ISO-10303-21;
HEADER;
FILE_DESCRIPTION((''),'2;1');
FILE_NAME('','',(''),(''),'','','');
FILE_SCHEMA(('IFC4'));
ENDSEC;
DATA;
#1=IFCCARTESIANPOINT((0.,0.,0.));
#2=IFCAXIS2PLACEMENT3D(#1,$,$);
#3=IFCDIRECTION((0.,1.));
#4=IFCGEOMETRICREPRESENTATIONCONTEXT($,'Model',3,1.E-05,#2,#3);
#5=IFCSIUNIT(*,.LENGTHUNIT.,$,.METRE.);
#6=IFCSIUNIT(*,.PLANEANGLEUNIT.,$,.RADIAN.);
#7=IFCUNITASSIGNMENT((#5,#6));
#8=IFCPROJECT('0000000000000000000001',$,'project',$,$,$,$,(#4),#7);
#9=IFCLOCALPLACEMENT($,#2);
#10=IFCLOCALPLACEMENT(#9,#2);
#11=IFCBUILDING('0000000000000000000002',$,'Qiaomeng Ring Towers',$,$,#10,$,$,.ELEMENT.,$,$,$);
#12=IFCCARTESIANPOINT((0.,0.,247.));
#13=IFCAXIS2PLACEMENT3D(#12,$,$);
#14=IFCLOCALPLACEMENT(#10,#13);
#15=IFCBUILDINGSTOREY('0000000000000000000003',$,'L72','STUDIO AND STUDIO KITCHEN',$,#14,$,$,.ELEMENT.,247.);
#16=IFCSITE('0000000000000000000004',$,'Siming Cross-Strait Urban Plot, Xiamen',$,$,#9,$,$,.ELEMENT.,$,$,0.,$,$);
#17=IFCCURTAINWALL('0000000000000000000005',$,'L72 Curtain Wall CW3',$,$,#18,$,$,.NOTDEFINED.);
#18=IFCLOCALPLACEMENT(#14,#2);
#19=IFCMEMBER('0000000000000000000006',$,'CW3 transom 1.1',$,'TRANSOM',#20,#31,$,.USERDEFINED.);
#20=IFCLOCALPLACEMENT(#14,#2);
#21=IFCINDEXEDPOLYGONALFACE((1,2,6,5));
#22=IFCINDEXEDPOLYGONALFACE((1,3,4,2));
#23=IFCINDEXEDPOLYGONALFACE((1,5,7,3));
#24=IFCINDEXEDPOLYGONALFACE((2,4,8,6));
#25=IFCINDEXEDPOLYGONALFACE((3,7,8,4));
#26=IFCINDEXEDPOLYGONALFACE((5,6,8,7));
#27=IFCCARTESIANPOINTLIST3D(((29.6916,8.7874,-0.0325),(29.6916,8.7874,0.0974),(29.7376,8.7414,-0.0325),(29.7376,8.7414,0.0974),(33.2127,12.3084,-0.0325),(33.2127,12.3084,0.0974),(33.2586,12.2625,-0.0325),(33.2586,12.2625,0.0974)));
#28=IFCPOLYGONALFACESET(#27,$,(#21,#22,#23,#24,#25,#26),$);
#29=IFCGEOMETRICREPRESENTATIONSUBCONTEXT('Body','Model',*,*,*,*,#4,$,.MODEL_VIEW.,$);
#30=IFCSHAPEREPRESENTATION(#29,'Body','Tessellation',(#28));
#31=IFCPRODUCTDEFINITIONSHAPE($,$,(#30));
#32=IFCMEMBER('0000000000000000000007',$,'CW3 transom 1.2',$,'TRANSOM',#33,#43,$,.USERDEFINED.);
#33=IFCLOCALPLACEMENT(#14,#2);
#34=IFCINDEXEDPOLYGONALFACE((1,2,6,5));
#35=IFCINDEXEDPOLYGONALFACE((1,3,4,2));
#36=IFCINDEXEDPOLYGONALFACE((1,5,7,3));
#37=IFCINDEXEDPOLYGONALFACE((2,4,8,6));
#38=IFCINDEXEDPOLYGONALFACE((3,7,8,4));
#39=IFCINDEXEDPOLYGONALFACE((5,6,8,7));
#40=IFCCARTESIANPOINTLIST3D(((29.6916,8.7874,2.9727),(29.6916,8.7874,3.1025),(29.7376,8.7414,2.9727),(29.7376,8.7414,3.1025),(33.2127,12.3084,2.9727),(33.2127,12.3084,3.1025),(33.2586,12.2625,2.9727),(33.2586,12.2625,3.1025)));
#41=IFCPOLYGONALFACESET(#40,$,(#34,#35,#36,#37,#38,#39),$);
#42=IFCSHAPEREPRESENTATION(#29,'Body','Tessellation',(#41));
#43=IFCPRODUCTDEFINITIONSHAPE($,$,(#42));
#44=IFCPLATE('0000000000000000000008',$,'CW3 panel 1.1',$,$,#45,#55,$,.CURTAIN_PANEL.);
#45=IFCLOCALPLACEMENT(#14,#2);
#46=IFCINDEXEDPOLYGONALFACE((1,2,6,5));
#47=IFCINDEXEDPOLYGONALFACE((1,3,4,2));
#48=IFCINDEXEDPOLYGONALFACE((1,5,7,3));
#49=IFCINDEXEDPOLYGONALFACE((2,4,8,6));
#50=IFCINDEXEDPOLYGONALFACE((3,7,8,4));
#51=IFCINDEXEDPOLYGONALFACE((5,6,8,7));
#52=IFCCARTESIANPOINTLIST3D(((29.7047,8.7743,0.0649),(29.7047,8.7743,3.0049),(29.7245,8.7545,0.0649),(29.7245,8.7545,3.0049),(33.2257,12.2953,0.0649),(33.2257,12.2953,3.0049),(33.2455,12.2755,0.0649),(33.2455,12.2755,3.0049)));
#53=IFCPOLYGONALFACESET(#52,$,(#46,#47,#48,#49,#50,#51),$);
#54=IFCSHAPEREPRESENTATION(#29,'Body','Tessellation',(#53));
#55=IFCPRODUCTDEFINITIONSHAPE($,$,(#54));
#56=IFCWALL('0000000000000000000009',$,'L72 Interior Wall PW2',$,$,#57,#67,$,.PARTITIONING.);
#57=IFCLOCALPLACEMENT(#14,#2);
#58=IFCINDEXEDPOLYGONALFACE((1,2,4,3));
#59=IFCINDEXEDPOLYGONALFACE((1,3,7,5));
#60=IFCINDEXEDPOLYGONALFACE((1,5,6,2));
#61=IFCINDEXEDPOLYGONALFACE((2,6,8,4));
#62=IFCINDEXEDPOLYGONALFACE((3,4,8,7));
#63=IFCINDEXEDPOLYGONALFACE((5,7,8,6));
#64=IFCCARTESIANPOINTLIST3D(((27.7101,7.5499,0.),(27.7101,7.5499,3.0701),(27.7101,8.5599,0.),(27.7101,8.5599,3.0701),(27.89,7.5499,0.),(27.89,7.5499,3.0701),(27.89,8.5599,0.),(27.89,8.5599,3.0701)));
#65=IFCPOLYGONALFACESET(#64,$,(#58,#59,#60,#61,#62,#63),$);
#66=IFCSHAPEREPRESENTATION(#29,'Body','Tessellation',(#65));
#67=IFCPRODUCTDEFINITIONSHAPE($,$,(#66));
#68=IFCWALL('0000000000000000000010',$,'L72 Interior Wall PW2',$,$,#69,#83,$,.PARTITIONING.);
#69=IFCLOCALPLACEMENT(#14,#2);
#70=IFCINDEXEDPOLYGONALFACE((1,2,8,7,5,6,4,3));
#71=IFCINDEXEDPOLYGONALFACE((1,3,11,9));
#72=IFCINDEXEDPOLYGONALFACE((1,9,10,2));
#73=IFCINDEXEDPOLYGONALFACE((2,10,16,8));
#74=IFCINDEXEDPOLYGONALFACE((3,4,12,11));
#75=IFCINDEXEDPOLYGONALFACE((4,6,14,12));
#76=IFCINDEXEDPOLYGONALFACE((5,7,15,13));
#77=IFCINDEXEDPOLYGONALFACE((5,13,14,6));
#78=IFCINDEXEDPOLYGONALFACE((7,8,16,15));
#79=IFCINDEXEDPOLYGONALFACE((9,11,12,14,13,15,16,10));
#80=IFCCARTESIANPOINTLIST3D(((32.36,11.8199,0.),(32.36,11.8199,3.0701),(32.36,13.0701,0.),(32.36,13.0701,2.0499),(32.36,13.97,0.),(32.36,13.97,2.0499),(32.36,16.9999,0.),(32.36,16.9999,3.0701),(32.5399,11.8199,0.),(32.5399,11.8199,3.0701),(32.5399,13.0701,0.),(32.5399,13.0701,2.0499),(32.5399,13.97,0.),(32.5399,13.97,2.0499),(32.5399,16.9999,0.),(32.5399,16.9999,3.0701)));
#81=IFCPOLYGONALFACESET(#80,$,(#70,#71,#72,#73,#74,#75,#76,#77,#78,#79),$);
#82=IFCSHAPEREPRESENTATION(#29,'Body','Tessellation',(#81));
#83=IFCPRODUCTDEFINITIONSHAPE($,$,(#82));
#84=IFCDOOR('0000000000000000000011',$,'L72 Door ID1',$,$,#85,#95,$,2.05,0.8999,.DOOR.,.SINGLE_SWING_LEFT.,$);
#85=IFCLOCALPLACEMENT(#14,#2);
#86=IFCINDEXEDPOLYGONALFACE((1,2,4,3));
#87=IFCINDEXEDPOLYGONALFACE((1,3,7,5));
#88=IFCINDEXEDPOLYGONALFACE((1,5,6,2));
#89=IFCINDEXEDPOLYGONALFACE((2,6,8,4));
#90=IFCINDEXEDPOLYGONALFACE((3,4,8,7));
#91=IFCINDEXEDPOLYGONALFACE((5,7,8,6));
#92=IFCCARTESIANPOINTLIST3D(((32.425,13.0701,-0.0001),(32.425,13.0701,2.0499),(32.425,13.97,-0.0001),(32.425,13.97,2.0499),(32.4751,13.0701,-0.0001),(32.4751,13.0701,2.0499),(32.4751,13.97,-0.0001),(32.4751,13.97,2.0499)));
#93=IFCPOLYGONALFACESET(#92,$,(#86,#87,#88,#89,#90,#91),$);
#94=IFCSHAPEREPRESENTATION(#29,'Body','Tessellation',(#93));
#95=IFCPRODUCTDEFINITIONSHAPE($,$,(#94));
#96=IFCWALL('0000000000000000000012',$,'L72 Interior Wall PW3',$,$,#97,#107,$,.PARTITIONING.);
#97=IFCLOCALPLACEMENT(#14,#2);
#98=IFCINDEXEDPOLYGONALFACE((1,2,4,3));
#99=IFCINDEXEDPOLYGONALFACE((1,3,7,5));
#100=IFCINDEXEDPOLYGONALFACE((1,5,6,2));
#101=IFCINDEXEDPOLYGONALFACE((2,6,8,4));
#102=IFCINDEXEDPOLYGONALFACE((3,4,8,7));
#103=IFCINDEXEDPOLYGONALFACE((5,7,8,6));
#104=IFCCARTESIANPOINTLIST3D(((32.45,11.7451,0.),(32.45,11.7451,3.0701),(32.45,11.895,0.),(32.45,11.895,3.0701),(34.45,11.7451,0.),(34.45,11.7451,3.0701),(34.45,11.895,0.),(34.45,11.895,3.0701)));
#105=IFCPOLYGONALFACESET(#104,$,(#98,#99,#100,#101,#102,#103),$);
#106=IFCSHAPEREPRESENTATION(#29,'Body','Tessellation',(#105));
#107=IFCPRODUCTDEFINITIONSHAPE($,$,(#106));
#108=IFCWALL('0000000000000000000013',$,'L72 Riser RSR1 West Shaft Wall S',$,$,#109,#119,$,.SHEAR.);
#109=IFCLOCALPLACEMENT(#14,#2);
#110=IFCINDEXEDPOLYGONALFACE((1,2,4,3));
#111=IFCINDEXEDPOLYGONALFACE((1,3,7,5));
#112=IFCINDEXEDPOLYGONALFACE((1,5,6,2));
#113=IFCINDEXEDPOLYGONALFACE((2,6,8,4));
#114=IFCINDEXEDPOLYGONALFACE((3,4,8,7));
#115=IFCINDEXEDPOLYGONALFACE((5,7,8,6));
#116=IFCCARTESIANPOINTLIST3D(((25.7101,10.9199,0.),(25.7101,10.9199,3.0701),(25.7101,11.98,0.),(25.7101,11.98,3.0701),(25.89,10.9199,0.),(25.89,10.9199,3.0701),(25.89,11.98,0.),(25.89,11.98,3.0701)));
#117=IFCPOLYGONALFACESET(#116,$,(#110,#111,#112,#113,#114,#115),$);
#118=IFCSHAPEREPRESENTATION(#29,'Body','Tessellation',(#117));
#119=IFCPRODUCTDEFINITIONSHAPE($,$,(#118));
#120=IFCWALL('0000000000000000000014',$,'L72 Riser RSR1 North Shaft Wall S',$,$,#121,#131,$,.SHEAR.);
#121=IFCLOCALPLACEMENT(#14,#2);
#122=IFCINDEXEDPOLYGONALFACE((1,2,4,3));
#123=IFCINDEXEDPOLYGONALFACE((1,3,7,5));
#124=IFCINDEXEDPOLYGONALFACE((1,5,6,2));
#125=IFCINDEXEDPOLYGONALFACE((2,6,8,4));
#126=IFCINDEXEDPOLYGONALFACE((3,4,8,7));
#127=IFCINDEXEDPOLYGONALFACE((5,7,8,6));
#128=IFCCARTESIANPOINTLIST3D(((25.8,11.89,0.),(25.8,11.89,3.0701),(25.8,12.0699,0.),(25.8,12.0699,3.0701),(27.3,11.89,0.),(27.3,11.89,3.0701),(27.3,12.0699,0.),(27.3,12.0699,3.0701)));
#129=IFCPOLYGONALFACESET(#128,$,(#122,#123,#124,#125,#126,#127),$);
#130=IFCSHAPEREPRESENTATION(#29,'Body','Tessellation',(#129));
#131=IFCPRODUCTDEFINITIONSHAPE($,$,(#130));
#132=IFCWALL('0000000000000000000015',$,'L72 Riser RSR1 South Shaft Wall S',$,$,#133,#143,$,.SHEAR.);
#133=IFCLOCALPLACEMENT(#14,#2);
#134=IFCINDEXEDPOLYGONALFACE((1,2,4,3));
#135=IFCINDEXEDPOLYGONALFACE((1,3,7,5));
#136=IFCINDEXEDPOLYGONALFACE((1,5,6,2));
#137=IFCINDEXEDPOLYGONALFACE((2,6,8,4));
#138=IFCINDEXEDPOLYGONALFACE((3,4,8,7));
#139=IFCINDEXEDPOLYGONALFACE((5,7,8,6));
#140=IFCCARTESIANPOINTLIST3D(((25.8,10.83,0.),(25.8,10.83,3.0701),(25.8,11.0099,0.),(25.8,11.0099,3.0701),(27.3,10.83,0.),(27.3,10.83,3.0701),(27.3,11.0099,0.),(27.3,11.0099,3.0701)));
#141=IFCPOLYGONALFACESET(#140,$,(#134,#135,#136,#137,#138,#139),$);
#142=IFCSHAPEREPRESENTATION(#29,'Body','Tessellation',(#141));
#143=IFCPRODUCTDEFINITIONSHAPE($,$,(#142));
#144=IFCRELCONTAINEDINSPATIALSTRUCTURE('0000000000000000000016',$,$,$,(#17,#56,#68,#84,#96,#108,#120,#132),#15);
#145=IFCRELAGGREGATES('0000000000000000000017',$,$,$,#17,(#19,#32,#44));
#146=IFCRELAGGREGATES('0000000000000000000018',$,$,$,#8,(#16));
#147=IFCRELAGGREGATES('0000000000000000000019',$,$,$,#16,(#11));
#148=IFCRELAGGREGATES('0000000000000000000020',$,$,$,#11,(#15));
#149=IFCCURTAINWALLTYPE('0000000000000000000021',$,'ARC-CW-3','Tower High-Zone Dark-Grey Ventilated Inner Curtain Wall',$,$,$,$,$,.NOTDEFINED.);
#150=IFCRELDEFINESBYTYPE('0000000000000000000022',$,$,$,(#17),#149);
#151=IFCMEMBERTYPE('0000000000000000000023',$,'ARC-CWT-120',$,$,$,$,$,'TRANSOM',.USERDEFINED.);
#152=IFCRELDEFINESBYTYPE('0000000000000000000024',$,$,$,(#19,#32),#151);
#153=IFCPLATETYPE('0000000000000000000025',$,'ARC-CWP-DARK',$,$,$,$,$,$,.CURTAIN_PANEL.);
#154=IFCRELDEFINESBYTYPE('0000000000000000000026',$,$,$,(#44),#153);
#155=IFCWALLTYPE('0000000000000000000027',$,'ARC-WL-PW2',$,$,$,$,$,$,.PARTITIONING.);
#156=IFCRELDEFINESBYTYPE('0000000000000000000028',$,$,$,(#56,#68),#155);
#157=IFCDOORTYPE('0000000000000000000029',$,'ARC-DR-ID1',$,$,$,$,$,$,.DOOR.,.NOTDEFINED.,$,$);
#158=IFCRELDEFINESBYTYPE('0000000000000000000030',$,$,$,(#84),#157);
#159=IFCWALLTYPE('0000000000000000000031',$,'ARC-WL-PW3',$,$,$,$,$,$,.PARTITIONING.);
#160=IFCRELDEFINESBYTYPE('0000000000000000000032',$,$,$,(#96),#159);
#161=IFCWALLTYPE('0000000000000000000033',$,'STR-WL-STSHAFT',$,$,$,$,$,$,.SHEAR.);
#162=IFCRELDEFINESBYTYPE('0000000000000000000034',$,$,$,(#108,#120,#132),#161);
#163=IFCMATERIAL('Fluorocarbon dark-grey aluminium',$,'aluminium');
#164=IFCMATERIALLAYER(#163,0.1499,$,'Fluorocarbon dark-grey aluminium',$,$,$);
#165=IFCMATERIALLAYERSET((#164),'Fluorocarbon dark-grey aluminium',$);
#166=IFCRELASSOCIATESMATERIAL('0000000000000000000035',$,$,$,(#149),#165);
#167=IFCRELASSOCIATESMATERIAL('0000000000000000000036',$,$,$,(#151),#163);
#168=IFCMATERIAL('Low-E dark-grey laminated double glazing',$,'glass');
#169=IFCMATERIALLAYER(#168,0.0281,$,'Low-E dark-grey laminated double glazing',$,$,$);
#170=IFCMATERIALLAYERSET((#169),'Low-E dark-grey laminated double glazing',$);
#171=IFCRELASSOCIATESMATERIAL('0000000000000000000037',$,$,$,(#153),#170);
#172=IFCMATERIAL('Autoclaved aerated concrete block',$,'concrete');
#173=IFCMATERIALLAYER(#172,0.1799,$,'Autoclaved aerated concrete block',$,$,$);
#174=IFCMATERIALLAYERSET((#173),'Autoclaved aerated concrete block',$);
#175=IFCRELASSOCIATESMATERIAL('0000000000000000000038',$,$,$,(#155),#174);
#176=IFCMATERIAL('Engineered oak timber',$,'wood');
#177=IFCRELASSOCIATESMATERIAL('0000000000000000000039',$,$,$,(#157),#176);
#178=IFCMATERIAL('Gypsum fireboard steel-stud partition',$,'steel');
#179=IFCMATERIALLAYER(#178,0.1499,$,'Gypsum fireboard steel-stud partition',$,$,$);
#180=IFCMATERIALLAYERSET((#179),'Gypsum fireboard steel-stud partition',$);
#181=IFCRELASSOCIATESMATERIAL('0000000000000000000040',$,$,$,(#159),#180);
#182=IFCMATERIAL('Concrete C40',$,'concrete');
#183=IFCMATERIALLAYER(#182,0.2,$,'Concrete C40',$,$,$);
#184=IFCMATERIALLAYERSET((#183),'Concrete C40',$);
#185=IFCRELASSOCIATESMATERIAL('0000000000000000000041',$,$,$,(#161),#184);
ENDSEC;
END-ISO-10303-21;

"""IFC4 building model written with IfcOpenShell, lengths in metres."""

from ifc_helpers import new_model, si_unit, direction, frame, frame_2d, origin, origin_2d, place, context, subcontext, project, spatial, rectangle, extrude, source, transform, mapped, material, layer, layer_set, material_profile, profile_set, type_object, element, fill, aggregate, save


model = new_model("IFC4")

# Units and contexts
model_context = context("Model", 3, precision=1e-05, world=origin(), true_north=direction((0.0, 1.0)))
body_context = subcontext(model_context, "Body", "Model", "MODEL_VIEW")
ifc_project = project(units=[si_unit("LENGTHUNIT", "METRE"), si_unit("PLANEANGLEUNIT", "RADIAN")], contexts=[model_context])

# Site, building, storey
site_placement = place(None, origin())
site = spatial("IfcSite", under=ifc_project, at=site_placement, Name="Siming Cross-Strait Urban Plot, Xiamen", CompositionType="ELEMENT", RefElevation=0.0)
building_placement = place(site_placement, origin())
building = spatial("IfcBuilding", under=site, at=building_placement, Name="Qiaomeng Ring Towers", CompositionType="ELEMENT")
storey_placement = place(building_placement, frame((0.0, 0.0, 247.0)))
storey = spatial("IfcBuildingStorey", under=building, at=storey_placement, Name="L72", Description="STUDIO AND STUDIO KITCHEN", CompositionType="ELEMENT", Elevation=247.0)

# Shared definitions
ifc_material_1 = material(Name="Concrete C40", Category="concrete")

# Curtain wall, members, plate
ifc_material_2 = material(Name="Fluorocarbon dark-grey aluminium", Category="aluminium")
ifc_layer_1 = layer(ifc_material_2, 0.1499, Name="Fluorocarbon dark-grey aluminium")
ifc_layer_set_1 = layer_set([ifc_layer_1], Name="Fluorocarbon dark-grey aluminium")
curtain_wall_type = type_object("IfcCurtainWallType", Name="ARC-CW-3", Description="Tower High-Zone Dark-Grey Ventilated Inner Curtain Wall", PredefinedType="NOTDEFINED", material=ifc_layer_set_1)
curtain_wall_placement = place(storey_placement, origin())
curtain_wall = element("IfcCurtainWall", 1, at=curtain_wall_placement, inside=storey, type_object=curtain_wall_type, Name="L72 Curtain Wall CW3", PredefinedType="NOTDEFINED")
ifc_material_profile_1 = material_profile(ifc_material_2, rectangle(XDim=0.0649, YDim=0.1299, at=origin_2d()), Name="ALU TRAN 65x130")
ifc_profile_set_1 = profile_set([ifc_material_profile_1], Name="Fluorocarbon dark-grey aluminium")
member_type_1 = type_object("IfcMemberType", Name="ARC-CWT-120", ElementType="TRANSOM", PredefinedType="USERDEFINED", material=ifc_profile_set_1)
shared_shape_1 = source(origin(), body_context, "Body", "SweptSolid", [
    extrude(rectangle(XDim=0.0649, YDim=0.1299, at=origin_2d()), origin(), (0.0, 0.0, 1.0), 4.9795),
])
member_1_placement = place(storey_placement, frame((29.7146, 8.7644, 0.0325), z_axis=(0.707107, 0.707107, 0.0), x_axis=(-0.707107, 0.707107, 0.0)))
member_1 = element("IfcMember", 2, at=member_1_placement, type_object=member_type_1, Name="CW3 transom 1.1", ObjectType="TRANSOM", PredefinedType="USERDEFINED", context=body_context, shape_type="MappedRepresentation", body=[
    mapped(shared_shape_1, transform((0.0, 0.0, 0.0), x_axis=(1.0, 0.0, 0.0), y_axis=(0.0, 1.0, 0.0), z_axis=(0.0, 0.0, 1.0), scale=1.0)),
])
member_2_placement = place(storey_placement, frame((29.7146, 8.7644, 3.0376), z_axis=(0.707107, 0.707107, 0.0), x_axis=(-0.707107, 0.707107, 0.0)))
member_2 = element("IfcMember", 3, at=member_2_placement, type_object=member_type_1, Name="CW3 transom 1.2", ObjectType="TRANSOM", PredefinedType="USERDEFINED", context=body_context, shape_type="MappedRepresentation", body=[
    mapped(shared_shape_1, transform((0.0, 0.0, 0.0), x_axis=(1.0, 0.0, 0.0), y_axis=(0.0, 1.0, 0.0), z_axis=(0.0, 0.0, 1.0), scale=1.0)),
])
ifc_material_3 = material(Name="Low-E dark-grey laminated double glazing", Category="glass")
ifc_layer_2 = layer(ifc_material_3, 0.0281, Name="Low-E dark-grey laminated double glazing")
ifc_layer_set_2 = layer_set([ifc_layer_2], Name="Low-E dark-grey laminated double glazing")
plate_type = type_object("IfcPlateType", Name="ARC-CWP-DARK", PredefinedType="CURTAIN_PANEL", material=ifc_layer_set_2)
shared_shape_2 = source(origin(), body_context, "Body", "SweptSolid", [
    extrude(rectangle(XDim=4.9795, YDim=0.0281, at=origin_2d()), origin(), (0.0, 0.0, 1.0), 2.9399),
])
plate_placement = place(storey_placement, frame((31.4751, 10.5249, 0.0649), z_axis=(0.0, 0.0, 1.0), x_axis=(0.707107, 0.707107, 0.0)))
plate = element("IfcPlate", 4, at=plate_placement, type_object=plate_type, Name="CW3 panel 1.1", PredefinedType="CURTAIN_PANEL", context=body_context, shape_type="MappedRepresentation", body=[
    mapped(shared_shape_2, transform((0.0, 0.0, 0.0), x_axis=(1.0, 0.0, 0.0), y_axis=(0.0, 1.0, 0.0), z_axis=(0.0, 0.0, 1.0), scale=1.0)),
])
aggregate(curtain_wall, [member_1, member_2, plate])

# Wall
ifc_material_4 = material(Name="Autoclaved aerated concrete block", Category="concrete")
ifc_layer_3 = layer(ifc_material_4, 0.1799, Name="Autoclaved aerated concrete block")
ifc_layer_set_3 = layer_set([ifc_layer_3], Name="Autoclaved aerated concrete block")
wall_type_1 = type_object("IfcWallType", Name="ARC-WL-PW2", PredefinedType="PARTITIONING", material=ifc_layer_set_3)
wall_1_placement = place(storey_placement, frame((27.8, 7.55, 0.0), z_axis=(0.0, 0.0, 1.0), x_axis=(0.0, 1.0, 0.0)))
element("IfcWall", 5, at=wall_1_placement, inside=storey, type_object=wall_type_1, Name="L72 Interior Wall PW2", PredefinedType="PARTITIONING", context=body_context, shape_type="SweptSolid", body=[
    extrude(rectangle(XDim=1.01, YDim=0.1799, at=frame_2d((0.5049, 0.0))), origin(), (0.0, 0.0, 1.0), 3.0701),
])

# Wall, opening, door
wall_2_placement = place(storey_placement, frame((32.45, 11.8201, 0.0), z_axis=(0.0, 0.0, 1.0), x_axis=(0.0, 1.0, 0.0)))
wall_2 = element("IfcWall", 6, at=wall_2_placement, inside=storey, type_object=wall_type_1, Name="L72 Interior Wall PW2", PredefinedType="PARTITIONING", context=body_context, shape_type="SweptSolid", body=[
    extrude(rectangle(XDim=5.1799, YDim=0.1799, at=frame_2d((2.5898, 0.0))), origin(), (0.0, 0.0, 1.0), 3.0701),
])
opening_1_placement = place(wall_2_placement, frame((1.25, 0.0, 0.0)))
opening_1 = element("IfcOpeningElement", 7, at=opening_1_placement, cuts=wall_2, PredefinedType="OPENING", context=body_context, shape_type="SweptSolid", body=[
    extrude(rectangle(XDim=0.8999, YDim=2.05, at=frame_2d((0.45, 1.0249))), frame((0.0, 0.0999, 0.0), z_axis=(0.0, -1.0, 0.0), x_axis=(1.0, 0.0, 0.0)), (0.0, 0.0, 1.0), 0.2),
])
ifc_material_5 = material(Name="Engineered oak timber", Category="wood")
door_type_1 = type_object("IfcDoorType", Name="ARC-DR-ID1", OperationType="NOTDEFINED", PredefinedType="DOOR", material=ifc_material_5)
shared_shape_3 = source(origin(), body_context, "Body", "SweptSolid", [
    extrude(rectangle(XDim=0.8999, YDim=2.05, at=frame_2d((0.45, 1.0249))), frame((0.0, 0.0249, 0.0), z_axis=(0.0, -1.0, 0.0), x_axis=(1.0, 0.0, 0.0)), (0.0, 0.0, 1.0), 0.05),
])
door_1_placement = place(opening_1_placement, origin())
door_1 = element("IfcDoor", 8, at=door_1_placement, inside=storey, type_object=door_type_1, Name="L72 Door ID1", OperationType="SINGLE_SWING_LEFT", OverallHeight=2.05, OverallWidth=0.8999, PredefinedType="DOOR", context=body_context, shape_type="MappedRepresentation", body=[
    mapped(shared_shape_3, transform((0.0, 0.0, 0.0), x_axis=(1.0, 0.0, 0.0), y_axis=(0.0, 1.0, 0.0), z_axis=(0.0, 0.0, 1.0), scale=1.0)),
])
fill(opening_1, door_1)

# Walls
ifc_material_6 = material(Name="Gypsum fireboard steel-stud partition", Category="steel")
ifc_layer_4 = layer(ifc_material_6, 0.1499, Name="Gypsum fireboard steel-stud partition")
ifc_layer_set_4 = layer_set([ifc_layer_4], Name="Gypsum fireboard steel-stud partition")
wall_type_2 = type_object("IfcWallType", Name="ARC-WL-PW3", PredefinedType="PARTITIONING", material=ifc_layer_set_4)
wall_3_placement = place(storey_placement, frame((32.45, 11.8201, 0.0), z_axis=(0.0, 0.0, 1.0), x_axis=(1.0, 0.0, 0.0)))
element("IfcWall", 9, at=wall_3_placement, inside=storey, type_object=wall_type_2, Name="L72 Interior Wall PW3", PredefinedType="PARTITIONING", context=body_context, shape_type="SweptSolid", body=[
    extrude(rectangle(XDim=2.0, YDim=0.1499, at=frame_2d((1.0, 0.0))), origin(), (0.0, 0.0, 1.0), 3.0701),
])
ifc_layer_5 = layer(ifc_material_1, 0.2, Name="Concrete C40")
ifc_layer_set_5 = layer_set([ifc_layer_5], Name="Concrete C40")
wall_type_3 = type_object("IfcWallType", Name="STR-WL-STSHAFT", PredefinedType="SHEAR", material=ifc_layer_set_5)
wall_4_placement = place(storey_placement, frame((25.8, 10.9199, 0.0), z_axis=(0.0, 0.0, 1.0), x_axis=(0.0, 1.0, 0.0)))
element("IfcWall", 10, at=wall_4_placement, inside=storey, type_object=wall_type_3, Name="L72 Riser RSR1 West Shaft Wall S", PredefinedType="SHEAR", context=body_context, shape_type="SweptSolid", body=[
    extrude(rectangle(XDim=1.0601, YDim=0.1799, at=frame_2d((0.53, 0.0))), origin(), (0.0, 0.0, 1.0), 3.0701),
])
for number, where, z_axis, x_axis, name in (
    (11, (25.8, 11.98, 0.0), (0.0, 0.0, 1.0), (1.0, 0.0, 0.0), "L72 Riser RSR1 North Shaft Wall S"),
    (12, (25.8, 10.9199, 0.0), (0.0, 0.0, 1.0), (1.0, 0.0, 0.0), "L72 Riser RSR1 South Shaft Wall S"),
):
    element("IfcWall", number, at=place(storey_placement, frame(where, z_axis=z_axis, x_axis=x_axis)), inside=storey, type_object=wall_type_3, Name=name, PredefinedType="SHEAR", context=body_context, shape_type="SweptSolid", body=[
        extrude(rectangle(XDim=1.5, YDim=0.1799, at=frame_2d((0.75, 0.0))), origin(), (0.0, 0.0, 1.0), 3.0701),
    ])

save(model, "model.ifc")
